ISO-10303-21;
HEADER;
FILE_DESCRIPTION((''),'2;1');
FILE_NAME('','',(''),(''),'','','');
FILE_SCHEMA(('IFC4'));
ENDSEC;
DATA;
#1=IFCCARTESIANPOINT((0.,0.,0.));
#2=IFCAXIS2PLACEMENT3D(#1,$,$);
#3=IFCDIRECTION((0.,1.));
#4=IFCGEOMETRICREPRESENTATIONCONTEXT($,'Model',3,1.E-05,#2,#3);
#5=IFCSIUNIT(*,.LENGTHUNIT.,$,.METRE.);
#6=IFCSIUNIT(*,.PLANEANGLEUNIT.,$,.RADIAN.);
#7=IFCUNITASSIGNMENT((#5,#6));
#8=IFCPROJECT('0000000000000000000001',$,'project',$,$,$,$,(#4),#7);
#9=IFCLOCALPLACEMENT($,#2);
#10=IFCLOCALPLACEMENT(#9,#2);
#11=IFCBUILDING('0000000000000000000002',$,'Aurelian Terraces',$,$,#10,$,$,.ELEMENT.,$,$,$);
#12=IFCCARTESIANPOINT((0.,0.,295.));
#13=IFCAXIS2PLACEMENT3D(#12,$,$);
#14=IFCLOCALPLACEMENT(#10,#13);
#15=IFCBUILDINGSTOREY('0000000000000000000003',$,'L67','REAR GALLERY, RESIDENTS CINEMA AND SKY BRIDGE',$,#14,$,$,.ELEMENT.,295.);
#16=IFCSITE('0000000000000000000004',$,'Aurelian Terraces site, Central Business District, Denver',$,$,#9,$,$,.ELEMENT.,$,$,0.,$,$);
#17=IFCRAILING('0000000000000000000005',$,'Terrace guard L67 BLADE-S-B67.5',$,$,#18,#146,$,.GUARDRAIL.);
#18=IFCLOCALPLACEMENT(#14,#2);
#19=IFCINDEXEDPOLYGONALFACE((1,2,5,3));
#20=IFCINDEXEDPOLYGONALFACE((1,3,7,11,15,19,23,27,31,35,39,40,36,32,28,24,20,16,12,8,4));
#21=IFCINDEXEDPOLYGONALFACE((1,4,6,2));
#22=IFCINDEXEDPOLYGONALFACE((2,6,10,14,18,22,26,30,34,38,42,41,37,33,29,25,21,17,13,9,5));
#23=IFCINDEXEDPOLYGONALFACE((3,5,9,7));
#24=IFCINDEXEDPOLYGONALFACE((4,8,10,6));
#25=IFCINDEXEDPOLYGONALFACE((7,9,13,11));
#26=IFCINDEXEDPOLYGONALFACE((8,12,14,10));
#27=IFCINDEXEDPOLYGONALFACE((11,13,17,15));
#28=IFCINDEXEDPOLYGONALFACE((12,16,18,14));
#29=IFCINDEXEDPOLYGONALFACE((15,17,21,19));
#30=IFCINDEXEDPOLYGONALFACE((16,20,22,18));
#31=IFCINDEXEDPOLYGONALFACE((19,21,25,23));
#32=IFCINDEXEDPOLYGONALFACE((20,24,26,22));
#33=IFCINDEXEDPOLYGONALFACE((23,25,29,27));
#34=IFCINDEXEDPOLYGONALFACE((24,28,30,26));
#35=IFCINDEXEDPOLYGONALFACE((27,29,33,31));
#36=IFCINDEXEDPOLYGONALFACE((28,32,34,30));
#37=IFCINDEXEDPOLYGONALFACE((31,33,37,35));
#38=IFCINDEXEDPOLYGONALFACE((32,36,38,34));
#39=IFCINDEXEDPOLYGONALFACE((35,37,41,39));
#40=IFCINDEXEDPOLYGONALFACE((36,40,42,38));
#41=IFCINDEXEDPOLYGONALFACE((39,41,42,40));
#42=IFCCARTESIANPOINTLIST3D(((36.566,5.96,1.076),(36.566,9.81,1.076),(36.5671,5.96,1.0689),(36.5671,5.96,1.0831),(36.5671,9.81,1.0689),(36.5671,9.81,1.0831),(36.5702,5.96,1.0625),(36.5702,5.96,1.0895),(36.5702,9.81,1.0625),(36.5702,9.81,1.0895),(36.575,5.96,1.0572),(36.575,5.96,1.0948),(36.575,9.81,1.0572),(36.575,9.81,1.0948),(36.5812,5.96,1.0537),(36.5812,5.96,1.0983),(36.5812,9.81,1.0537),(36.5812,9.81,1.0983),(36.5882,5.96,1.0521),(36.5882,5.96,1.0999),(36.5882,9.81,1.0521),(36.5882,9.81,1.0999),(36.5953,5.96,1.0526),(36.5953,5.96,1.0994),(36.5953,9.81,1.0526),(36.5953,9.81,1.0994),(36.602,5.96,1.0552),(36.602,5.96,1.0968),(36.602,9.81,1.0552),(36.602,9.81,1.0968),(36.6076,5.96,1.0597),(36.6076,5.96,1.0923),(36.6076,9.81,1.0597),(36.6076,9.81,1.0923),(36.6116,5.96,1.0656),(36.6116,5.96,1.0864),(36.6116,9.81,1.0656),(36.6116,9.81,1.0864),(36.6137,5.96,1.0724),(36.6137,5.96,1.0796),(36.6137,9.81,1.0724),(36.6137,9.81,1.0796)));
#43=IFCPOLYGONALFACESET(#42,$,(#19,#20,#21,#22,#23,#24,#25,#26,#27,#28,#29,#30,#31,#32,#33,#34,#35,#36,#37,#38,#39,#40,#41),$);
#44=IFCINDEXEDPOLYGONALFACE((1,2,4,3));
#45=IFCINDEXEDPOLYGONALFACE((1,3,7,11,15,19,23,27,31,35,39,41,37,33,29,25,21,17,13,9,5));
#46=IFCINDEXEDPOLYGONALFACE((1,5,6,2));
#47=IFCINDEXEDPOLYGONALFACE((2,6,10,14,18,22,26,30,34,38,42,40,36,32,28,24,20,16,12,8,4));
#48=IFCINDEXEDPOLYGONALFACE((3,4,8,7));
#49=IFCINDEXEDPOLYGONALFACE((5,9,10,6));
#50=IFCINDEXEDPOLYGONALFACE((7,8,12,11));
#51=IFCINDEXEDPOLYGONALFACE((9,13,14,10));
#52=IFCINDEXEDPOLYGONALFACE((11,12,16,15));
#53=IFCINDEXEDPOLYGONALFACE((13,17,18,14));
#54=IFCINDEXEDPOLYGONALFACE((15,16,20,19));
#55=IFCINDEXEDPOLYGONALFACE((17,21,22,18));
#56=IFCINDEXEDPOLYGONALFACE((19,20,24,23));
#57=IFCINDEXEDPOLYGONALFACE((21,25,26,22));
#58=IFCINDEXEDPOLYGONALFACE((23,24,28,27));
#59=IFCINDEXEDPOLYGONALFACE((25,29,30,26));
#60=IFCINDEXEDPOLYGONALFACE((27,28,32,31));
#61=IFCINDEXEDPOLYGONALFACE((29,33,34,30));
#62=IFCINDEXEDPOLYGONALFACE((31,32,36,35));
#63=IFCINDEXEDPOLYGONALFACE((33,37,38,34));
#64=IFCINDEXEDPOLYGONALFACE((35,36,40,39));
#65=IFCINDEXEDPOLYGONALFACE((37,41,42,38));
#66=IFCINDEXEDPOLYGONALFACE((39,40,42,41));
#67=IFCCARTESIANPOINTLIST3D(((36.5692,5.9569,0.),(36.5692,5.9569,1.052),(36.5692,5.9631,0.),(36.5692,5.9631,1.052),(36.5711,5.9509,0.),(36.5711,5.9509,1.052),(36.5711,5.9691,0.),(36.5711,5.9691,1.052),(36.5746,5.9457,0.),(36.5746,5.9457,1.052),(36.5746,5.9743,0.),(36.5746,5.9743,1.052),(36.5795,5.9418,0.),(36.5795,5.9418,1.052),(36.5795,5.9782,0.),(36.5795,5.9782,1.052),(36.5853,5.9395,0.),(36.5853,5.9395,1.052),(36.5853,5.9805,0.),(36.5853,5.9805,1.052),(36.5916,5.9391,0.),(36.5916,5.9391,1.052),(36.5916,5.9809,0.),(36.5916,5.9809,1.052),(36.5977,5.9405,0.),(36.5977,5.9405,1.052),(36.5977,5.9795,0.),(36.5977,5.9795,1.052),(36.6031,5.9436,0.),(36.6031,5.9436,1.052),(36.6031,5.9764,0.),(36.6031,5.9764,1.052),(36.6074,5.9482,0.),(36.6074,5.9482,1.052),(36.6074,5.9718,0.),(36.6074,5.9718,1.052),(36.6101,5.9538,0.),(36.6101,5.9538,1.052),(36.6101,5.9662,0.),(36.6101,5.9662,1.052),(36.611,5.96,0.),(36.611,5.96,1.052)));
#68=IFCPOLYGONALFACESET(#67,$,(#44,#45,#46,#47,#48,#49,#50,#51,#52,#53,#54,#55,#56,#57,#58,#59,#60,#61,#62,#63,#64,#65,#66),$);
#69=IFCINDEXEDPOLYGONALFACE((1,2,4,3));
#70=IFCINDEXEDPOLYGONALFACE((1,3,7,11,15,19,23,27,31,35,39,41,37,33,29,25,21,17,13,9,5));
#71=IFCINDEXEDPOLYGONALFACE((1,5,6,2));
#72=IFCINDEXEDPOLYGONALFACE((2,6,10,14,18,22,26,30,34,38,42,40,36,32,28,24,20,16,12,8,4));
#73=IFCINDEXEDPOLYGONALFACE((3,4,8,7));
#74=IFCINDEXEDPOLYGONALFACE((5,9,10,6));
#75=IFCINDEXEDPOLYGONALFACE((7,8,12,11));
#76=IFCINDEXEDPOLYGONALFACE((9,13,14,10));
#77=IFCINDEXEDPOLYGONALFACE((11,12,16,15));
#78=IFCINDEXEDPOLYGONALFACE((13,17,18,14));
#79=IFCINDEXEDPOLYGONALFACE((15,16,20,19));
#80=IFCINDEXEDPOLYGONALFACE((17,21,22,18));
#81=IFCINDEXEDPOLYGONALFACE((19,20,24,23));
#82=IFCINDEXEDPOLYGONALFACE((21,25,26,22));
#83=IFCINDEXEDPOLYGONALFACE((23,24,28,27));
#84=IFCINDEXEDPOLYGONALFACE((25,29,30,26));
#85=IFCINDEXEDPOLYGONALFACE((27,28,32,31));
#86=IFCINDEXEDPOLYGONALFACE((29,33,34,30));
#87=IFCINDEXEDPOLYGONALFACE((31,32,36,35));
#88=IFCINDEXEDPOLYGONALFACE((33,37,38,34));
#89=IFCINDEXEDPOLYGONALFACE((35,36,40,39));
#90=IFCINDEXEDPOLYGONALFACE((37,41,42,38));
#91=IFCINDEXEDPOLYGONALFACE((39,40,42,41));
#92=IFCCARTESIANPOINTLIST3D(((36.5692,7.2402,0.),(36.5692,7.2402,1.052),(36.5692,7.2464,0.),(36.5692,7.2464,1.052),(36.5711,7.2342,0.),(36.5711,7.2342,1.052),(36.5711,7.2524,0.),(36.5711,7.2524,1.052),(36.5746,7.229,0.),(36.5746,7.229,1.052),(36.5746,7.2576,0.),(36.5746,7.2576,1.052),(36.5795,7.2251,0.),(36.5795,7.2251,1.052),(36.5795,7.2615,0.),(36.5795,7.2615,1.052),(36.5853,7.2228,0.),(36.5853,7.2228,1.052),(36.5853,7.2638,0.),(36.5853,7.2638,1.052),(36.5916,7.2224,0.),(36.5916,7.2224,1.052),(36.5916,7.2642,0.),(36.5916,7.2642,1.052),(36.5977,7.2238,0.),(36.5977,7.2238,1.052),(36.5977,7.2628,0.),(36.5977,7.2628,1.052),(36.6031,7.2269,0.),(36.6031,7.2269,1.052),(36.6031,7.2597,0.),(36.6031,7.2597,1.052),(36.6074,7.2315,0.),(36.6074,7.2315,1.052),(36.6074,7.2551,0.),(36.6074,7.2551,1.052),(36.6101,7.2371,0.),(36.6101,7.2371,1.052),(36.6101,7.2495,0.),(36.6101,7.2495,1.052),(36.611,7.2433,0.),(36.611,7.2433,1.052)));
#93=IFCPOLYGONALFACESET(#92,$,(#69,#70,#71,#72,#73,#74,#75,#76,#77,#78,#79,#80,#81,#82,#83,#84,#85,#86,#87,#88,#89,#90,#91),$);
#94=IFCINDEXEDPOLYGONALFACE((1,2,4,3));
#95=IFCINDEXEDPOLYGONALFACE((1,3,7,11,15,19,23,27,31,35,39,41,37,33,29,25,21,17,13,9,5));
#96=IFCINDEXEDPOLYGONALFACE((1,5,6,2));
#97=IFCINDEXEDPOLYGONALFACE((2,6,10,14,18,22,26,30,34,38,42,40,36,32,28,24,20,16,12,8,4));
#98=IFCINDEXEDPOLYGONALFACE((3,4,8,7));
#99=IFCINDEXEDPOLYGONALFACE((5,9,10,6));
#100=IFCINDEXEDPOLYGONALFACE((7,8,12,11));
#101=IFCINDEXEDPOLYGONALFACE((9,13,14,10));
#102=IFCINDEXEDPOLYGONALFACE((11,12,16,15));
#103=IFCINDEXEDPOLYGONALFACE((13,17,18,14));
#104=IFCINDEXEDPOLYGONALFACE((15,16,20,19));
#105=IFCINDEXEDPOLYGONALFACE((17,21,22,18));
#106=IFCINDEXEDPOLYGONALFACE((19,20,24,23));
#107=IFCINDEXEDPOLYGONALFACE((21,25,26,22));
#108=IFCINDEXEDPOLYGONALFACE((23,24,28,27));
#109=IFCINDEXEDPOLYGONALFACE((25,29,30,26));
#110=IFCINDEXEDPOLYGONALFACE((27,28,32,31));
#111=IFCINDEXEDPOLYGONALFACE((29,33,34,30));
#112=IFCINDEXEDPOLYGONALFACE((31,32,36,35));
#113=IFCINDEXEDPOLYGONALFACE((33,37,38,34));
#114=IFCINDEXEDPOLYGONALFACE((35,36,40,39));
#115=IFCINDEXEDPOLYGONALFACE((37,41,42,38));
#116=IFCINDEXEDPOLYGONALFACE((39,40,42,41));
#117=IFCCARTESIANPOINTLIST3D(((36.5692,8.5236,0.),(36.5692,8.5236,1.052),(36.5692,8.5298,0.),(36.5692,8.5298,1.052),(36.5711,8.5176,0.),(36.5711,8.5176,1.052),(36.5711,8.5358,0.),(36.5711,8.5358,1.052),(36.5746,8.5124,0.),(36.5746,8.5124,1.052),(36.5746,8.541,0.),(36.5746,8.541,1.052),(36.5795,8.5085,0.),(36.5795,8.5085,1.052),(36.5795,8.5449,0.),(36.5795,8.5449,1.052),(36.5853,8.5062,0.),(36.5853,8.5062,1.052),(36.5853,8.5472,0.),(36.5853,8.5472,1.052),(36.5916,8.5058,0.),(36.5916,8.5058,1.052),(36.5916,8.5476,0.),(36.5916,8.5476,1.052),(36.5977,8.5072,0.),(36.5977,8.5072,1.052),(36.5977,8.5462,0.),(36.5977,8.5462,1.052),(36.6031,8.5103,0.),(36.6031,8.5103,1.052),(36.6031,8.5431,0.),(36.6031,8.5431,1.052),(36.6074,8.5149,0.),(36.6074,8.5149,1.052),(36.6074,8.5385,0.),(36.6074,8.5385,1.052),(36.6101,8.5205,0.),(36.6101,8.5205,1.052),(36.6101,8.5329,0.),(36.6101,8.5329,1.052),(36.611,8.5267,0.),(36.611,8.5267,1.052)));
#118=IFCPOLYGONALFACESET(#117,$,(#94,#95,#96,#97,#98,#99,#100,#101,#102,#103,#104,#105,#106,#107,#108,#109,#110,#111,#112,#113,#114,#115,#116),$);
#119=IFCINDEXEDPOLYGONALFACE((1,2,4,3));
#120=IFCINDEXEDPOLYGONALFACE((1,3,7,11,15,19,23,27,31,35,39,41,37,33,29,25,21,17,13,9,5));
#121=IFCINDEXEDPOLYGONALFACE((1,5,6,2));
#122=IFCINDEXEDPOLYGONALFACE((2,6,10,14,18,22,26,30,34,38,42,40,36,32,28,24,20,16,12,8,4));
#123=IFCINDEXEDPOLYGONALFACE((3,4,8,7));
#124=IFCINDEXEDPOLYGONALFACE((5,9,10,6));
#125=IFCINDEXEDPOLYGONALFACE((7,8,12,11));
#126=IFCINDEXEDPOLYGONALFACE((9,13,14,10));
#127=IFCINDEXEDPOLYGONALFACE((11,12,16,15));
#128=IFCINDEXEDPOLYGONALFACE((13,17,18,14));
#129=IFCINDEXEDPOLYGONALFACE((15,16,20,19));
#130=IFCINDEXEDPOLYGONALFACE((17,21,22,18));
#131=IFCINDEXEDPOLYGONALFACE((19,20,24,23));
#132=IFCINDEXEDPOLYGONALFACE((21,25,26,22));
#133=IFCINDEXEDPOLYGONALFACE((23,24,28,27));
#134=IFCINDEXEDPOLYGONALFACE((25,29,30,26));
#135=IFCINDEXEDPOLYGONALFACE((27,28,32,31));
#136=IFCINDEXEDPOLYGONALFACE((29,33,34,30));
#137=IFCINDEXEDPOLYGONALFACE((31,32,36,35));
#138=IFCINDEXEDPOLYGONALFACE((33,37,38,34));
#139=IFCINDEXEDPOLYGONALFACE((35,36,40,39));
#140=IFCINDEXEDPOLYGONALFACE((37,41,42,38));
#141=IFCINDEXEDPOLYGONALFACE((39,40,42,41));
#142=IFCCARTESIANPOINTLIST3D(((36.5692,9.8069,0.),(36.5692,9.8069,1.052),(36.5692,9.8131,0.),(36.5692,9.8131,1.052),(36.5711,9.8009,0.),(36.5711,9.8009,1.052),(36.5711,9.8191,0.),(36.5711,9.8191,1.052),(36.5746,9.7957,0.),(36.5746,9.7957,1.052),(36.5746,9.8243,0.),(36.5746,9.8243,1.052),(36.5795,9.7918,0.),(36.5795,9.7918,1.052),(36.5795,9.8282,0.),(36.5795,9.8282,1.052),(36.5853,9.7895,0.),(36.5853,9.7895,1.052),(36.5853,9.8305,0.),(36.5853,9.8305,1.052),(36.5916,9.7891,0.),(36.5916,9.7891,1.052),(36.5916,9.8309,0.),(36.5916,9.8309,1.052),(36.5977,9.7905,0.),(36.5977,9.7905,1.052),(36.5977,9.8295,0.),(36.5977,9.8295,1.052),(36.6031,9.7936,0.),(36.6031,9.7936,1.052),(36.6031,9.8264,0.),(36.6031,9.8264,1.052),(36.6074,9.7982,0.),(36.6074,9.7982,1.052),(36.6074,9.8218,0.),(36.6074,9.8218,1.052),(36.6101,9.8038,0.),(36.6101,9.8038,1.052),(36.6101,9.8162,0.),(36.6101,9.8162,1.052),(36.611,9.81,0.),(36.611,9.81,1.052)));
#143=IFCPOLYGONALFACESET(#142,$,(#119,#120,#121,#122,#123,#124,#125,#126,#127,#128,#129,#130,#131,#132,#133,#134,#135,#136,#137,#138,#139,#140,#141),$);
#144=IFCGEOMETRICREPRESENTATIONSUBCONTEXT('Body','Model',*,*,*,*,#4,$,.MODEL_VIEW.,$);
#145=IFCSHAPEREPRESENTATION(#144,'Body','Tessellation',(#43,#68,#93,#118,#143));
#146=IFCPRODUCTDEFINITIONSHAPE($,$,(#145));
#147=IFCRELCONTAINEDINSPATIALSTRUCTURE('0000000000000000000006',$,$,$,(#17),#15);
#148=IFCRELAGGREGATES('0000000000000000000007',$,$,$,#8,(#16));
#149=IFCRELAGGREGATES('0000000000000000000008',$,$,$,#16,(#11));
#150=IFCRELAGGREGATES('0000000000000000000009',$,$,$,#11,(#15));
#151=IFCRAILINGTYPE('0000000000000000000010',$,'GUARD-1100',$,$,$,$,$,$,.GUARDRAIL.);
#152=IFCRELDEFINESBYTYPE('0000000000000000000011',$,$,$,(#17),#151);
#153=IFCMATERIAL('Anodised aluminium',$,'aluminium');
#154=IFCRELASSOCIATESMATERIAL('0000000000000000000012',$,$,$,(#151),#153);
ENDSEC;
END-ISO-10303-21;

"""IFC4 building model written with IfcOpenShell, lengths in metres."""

from ifc_helpers import new_model, si_unit, direction, frame, origin, origin_2d, place, context, subcontext, project, spatial, circle, extrude, material, type_object, element, save


model = new_model("IFC4")

# Units and contexts
model_context = context("Model", 3, precision=1e-05, world=origin(), true_north=direction((0.0, 1.0)))
body_context = subcontext(model_context, "Body", "Model", "MODEL_VIEW")
ifc_project = project(units=[si_unit("LENGTHUNIT", "METRE"), si_unit("PLANEANGLEUNIT", "RADIAN")], contexts=[model_context])

# Site, building, storey
site_placement = place(None, origin())
site = spatial("IfcSite", under=ifc_project, at=site_placement, Name="Aurelian Terraces site, Central Business District, Denver", CompositionType="ELEMENT", RefElevation=0.0)
building_placement = place(site_placement, origin())
building = spatial("IfcBuilding", under=site, at=building_placement, Name="Aurelian Terraces", CompositionType="ELEMENT")
storey_placement = place(building_placement, frame((0.0, 0.0, 295.0)))
storey = spatial("IfcBuildingStorey", under=building, at=storey_placement, Name="L67", Description="REAR GALLERY, RESIDENTS CINEMA AND SKY BRIDGE", CompositionType="ELEMENT", Elevation=295.0)

# Railing
ifc_material_1 = material(Name="Anodised aluminium", Category="aluminium")
railing_type = type_object("IfcRailingType", Name="GUARD-1100", PredefinedType="GUARDRAIL", material=ifc_material_1)
railing_1_placement = place(storey_placement, frame((36.59, 5.96, 0.0)))
element("IfcRailing", 1, at=railing_1_placement, inside=storey, type_object=railing_type, Name="Terrace guard L67 BLADE-S-B67.5", PredefinedType="GUARDRAIL", context=body_context, shape_type="SweptSolid", body=[
    extrude(circle(Radius=0.024, at=origin_2d()), frame((0.0, 0.0, 1.076), z_axis=(0.0, 1.0, 0.0), x_axis=(-1.0, 0.0, 0.0)), (0.0, 0.0, 1.0), 3.85),
    extrude(circle(Radius=0.021, at=origin_2d()), origin(), (0.0, 0.0, 1.0), 1.052),
    extrude(circle(Radius=0.021, at=origin_2d()), frame((0.0, 1.2833, 0.0)), (0.0, 0.0, 1.0), 1.052),
    extrude(circle(Radius=0.021, at=origin_2d()), frame((0.0, 2.5667, 0.0)), (0.0, 0.0, 1.0), 1.052),
    extrude(circle(Radius=0.021, at=origin_2d()), frame((0.0, 3.85, 0.0)), (0.0, 0.0, 1.0), 1.052),
])

save(model, "model.ifc")
